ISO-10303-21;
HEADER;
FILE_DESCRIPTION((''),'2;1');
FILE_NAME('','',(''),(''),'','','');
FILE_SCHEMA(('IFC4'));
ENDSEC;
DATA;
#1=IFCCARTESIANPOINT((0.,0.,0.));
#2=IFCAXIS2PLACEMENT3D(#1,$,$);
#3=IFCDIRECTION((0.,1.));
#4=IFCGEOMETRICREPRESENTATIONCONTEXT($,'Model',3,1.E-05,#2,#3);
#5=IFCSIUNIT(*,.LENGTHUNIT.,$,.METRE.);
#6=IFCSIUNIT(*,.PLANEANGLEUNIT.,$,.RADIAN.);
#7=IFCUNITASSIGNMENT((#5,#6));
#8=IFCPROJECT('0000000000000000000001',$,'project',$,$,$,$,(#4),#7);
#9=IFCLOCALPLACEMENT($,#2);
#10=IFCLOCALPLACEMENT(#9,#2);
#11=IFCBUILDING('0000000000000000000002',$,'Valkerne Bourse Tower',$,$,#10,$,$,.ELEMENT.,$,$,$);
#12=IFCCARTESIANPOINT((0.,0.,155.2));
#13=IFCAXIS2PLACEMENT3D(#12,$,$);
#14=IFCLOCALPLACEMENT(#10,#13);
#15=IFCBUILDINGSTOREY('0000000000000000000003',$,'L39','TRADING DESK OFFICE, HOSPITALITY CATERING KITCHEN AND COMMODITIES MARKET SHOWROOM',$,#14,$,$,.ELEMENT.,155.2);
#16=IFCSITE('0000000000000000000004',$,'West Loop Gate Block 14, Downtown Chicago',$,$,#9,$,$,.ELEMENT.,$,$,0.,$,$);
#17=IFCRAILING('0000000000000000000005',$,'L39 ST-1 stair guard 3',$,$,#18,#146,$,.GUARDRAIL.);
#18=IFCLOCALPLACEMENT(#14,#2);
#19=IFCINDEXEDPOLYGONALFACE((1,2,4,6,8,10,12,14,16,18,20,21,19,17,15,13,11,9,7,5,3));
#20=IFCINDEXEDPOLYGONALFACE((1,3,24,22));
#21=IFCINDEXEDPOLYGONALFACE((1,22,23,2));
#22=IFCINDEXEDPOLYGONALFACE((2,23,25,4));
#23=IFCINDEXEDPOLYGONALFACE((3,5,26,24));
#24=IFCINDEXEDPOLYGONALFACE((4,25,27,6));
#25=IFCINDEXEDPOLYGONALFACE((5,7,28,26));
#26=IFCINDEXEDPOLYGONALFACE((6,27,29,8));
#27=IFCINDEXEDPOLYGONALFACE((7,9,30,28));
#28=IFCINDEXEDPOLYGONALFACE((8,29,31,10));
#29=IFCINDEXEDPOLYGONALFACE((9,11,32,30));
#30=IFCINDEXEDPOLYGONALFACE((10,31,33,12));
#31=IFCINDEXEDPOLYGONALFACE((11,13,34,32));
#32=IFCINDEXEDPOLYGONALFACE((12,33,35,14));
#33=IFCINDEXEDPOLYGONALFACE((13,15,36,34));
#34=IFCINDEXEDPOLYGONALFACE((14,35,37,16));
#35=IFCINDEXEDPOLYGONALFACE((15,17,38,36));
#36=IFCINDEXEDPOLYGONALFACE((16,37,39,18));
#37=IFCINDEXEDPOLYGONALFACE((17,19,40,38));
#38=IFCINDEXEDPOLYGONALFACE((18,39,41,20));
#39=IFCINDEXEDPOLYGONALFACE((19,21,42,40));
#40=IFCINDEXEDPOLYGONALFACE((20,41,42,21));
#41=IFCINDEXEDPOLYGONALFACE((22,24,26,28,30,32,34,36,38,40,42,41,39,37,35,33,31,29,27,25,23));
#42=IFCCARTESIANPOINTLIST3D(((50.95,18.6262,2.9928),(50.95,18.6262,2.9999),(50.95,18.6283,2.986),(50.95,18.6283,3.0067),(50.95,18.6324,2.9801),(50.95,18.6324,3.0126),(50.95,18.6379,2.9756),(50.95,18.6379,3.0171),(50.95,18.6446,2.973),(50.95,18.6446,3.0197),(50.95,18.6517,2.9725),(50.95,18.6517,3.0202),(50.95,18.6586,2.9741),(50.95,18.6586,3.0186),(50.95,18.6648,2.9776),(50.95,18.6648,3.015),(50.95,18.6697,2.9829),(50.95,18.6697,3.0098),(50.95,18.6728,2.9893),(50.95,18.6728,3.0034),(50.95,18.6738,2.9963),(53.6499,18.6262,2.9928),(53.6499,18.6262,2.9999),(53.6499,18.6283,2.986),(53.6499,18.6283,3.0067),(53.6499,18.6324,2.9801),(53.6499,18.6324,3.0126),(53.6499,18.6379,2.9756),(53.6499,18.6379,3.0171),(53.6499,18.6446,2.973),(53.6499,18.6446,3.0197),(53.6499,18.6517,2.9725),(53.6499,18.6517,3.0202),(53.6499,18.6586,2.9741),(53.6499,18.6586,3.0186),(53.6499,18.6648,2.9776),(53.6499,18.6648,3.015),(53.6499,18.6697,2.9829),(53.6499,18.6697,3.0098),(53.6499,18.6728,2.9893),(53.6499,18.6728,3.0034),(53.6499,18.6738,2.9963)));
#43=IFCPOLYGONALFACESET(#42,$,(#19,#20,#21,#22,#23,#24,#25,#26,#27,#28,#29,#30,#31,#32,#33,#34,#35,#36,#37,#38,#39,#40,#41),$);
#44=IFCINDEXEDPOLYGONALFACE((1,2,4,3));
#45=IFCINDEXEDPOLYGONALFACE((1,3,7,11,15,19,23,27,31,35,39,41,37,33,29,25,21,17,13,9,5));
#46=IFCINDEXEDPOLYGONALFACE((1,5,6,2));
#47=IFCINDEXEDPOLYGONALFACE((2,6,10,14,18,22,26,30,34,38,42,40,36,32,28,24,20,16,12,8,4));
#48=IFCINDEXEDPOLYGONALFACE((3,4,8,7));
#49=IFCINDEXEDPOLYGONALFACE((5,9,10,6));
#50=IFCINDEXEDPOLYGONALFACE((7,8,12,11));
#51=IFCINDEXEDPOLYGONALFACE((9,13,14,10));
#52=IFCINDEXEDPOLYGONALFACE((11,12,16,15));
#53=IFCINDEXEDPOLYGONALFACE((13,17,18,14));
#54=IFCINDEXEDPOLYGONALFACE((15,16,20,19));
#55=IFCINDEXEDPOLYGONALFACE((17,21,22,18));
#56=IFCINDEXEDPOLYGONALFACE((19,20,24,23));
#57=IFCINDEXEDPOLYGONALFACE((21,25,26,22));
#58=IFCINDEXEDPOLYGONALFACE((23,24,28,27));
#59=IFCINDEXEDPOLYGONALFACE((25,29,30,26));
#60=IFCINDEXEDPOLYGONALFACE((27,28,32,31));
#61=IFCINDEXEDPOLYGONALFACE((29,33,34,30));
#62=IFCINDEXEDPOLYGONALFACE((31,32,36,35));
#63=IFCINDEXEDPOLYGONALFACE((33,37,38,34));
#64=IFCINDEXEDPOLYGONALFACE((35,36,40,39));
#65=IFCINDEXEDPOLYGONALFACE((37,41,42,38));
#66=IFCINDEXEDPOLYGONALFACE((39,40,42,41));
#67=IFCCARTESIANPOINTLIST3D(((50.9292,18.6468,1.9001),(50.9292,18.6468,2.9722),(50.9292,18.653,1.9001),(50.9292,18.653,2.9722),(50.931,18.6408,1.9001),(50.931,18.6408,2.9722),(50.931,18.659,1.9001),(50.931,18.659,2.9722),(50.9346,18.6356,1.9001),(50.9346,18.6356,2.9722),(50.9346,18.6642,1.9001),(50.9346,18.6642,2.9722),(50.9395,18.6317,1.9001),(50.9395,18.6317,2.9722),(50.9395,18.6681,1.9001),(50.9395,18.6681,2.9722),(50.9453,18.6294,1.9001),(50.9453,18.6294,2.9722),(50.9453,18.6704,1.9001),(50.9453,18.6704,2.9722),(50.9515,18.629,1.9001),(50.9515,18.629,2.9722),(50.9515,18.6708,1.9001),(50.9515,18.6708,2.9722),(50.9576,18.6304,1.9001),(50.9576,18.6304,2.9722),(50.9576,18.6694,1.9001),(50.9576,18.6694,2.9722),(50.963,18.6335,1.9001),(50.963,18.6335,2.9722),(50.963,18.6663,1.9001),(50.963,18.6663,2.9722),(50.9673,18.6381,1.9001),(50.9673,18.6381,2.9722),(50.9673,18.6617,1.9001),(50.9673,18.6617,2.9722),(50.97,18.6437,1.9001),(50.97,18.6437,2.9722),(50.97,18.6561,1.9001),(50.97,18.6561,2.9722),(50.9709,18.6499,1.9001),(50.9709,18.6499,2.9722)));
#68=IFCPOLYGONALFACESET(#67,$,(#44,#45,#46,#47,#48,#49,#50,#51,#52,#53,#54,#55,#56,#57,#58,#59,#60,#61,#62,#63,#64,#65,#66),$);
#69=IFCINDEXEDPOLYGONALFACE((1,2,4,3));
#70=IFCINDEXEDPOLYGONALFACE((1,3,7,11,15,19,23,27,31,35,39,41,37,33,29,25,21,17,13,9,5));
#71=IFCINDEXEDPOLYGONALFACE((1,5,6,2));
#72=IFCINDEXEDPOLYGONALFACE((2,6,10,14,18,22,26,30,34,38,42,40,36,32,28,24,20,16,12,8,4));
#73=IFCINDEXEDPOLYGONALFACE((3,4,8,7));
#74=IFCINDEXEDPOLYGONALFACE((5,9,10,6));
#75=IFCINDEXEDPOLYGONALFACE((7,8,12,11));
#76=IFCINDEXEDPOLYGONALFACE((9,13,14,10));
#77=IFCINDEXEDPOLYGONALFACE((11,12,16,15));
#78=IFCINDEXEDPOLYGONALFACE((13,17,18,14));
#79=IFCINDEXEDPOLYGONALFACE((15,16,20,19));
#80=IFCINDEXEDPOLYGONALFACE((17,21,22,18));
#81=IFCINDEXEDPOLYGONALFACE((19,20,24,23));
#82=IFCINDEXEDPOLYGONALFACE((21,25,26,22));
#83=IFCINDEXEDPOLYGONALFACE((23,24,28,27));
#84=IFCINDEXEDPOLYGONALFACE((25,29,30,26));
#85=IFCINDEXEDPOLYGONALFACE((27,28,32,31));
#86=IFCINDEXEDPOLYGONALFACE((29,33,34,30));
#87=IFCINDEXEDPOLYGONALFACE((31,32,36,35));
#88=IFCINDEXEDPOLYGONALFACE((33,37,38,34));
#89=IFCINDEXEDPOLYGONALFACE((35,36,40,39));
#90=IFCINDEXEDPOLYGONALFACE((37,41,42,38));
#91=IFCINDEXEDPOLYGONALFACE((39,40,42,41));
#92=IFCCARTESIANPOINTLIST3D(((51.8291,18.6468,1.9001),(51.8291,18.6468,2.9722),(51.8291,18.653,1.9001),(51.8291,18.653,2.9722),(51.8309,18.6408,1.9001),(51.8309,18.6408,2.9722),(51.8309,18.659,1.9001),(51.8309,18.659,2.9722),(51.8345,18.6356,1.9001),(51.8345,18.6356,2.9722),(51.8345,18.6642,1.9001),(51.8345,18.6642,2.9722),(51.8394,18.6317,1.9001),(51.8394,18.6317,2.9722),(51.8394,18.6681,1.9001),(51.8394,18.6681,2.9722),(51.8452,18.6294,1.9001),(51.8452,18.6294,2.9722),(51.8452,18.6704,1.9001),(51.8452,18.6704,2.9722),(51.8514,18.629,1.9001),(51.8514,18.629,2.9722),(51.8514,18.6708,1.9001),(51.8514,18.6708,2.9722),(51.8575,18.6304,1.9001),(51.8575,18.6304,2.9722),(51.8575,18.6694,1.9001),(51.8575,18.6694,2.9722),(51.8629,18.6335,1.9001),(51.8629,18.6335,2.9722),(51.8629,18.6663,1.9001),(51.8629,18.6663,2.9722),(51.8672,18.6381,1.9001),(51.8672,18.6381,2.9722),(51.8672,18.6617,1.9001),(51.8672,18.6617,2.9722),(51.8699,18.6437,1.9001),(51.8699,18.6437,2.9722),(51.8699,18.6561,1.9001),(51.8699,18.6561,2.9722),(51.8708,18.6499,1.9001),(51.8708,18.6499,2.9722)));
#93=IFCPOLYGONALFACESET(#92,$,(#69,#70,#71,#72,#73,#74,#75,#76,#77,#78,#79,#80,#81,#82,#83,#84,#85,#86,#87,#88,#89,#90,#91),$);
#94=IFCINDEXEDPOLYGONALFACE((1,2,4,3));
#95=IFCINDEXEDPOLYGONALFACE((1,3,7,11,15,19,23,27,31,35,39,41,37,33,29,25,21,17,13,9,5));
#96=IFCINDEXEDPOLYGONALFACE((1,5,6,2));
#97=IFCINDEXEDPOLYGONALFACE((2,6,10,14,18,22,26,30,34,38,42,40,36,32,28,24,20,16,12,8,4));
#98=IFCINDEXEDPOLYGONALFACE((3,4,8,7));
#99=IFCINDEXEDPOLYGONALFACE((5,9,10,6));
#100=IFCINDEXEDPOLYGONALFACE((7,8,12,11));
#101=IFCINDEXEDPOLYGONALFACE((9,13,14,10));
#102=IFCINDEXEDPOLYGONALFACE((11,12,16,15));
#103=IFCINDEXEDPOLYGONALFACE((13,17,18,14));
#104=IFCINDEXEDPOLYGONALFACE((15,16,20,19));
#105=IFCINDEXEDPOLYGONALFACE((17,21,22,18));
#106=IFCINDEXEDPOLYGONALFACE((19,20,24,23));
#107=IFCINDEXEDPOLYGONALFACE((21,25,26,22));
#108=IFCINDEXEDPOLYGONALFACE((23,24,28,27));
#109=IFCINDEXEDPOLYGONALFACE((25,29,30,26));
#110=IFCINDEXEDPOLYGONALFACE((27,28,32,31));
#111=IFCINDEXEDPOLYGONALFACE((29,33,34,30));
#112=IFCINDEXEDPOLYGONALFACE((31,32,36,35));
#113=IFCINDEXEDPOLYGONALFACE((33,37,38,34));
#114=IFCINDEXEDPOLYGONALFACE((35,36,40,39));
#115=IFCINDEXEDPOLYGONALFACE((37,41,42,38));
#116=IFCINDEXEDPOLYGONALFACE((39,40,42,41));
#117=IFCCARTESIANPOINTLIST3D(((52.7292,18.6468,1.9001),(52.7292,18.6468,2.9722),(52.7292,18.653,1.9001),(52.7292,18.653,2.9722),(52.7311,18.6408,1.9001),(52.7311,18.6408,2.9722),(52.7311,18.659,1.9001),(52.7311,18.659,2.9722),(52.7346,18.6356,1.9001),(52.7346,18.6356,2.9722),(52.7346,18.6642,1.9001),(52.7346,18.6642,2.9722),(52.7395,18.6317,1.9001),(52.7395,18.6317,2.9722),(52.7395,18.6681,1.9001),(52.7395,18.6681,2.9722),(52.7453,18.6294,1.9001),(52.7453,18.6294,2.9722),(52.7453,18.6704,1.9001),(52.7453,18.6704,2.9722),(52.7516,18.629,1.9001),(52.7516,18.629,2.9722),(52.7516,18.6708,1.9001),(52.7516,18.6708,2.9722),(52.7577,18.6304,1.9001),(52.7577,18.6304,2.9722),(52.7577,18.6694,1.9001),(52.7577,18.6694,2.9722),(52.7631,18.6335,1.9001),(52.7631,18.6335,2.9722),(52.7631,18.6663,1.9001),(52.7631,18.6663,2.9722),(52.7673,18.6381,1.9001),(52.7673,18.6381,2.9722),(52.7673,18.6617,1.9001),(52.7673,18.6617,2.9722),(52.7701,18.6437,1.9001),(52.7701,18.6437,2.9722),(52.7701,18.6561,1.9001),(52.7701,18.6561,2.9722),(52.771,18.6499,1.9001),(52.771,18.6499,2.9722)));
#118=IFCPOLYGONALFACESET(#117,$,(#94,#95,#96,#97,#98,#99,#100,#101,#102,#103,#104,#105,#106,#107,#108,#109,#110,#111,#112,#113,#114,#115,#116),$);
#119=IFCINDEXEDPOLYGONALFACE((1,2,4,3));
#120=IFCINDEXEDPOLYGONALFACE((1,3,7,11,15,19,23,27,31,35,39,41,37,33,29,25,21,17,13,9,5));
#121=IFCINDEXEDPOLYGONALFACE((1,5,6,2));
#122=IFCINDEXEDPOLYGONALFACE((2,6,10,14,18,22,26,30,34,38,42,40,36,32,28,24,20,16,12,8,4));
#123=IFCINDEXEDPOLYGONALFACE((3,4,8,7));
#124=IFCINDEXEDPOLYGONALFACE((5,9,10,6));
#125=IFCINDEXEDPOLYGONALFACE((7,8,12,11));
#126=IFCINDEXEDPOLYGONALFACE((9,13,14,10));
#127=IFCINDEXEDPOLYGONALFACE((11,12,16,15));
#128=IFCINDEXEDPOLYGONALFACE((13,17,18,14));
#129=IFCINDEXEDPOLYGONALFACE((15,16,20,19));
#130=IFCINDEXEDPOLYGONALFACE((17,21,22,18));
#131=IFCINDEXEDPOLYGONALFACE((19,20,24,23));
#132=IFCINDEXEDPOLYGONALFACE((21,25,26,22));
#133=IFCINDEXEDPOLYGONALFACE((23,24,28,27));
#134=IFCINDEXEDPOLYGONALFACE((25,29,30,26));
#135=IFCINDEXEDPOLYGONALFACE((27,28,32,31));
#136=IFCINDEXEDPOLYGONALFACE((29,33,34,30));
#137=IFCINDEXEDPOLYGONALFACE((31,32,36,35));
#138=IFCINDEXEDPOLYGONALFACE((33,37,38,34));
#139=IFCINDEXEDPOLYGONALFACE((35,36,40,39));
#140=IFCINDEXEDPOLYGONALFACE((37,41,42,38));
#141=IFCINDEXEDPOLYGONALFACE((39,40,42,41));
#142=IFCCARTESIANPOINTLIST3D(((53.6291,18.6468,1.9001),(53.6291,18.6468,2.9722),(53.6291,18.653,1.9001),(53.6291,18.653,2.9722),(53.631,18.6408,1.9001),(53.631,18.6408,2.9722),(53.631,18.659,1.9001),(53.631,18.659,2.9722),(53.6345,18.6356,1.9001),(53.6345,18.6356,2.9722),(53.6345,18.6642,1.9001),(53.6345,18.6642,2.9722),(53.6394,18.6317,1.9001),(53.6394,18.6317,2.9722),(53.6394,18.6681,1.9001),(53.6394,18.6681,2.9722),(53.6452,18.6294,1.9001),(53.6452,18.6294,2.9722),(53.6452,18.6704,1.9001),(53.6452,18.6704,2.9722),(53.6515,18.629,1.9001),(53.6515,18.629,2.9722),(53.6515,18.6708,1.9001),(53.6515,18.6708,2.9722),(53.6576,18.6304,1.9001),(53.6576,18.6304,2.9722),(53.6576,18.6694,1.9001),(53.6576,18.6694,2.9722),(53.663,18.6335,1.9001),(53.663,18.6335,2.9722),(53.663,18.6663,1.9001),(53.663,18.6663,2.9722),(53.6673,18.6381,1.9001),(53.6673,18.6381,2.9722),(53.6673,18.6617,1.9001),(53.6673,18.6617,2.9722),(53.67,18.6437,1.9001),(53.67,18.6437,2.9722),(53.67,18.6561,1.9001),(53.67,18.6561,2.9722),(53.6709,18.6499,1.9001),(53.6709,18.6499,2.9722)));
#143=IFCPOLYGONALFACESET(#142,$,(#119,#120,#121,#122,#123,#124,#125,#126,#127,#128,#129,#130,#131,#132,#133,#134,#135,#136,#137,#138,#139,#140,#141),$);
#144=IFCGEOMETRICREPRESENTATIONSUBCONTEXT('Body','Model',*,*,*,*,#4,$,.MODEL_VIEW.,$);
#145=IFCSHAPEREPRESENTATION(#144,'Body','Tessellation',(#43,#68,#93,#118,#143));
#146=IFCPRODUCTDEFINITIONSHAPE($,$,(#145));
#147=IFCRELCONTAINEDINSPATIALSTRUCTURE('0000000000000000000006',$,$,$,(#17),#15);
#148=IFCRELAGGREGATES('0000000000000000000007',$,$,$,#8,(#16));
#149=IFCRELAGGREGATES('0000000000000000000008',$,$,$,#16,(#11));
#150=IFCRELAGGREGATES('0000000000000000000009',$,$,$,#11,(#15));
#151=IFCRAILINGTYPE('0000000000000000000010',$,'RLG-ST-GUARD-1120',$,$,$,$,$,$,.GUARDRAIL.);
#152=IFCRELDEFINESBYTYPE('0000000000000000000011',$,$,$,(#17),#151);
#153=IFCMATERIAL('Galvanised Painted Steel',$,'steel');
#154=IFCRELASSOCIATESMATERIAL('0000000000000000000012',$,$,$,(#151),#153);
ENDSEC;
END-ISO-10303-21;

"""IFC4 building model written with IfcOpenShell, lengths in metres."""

from ifc_helpers import new_model, si_unit, direction, frame, origin, origin_2d, place, context, subcontext, project, spatial, circle, extrude, material, type_object, element, save


model = new_model("IFC4")

# Units and contexts
model_context = context("Model", 3, precision=1e-05, world=origin(), true_north=direction((0.0, 1.0)))
body_context = subcontext(model_context, "Body", "Model", "MODEL_VIEW")
ifc_project = project(units=[si_unit("LENGTHUNIT", "METRE"), si_unit("PLANEANGLEUNIT", "RADIAN")], contexts=[model_context])

# Site, building, storey
site_placement = place(None, origin())
site = spatial("IfcSite", under=ifc_project, at=site_placement, Name="West Loop Gate Block 14, Downtown Chicago", CompositionType="ELEMENT", RefElevation=0.0)
building_placement = place(site_placement, origin())
building = spatial("IfcBuilding", under=site, at=building_placement, Name="Valkerne Bourse Tower", CompositionType="ELEMENT")
storey_placement = place(building_placement, frame((0.0, 0.0, 155.2)))
storey = spatial("IfcBuildingStorey", under=building, at=storey_placement, Name="L39", Description="TRADING DESK OFFICE, HOSPITALITY CATERING KITCHEN AND COMMODITIES MARKET SHOWROOM", CompositionType="ELEMENT", Elevation=155.2)

# Shared definitions
ifc_material_1 = material(Name="Galvanised Painted Steel", Category="steel")

# Railing
railing_type_1 = type_object("IfcRailingType", Name="RLG-ST-GUARD-1120", PredefinedType="GUARDRAIL", material=ifc_material_1)
for number, where, name in (
    (1, (50.95, 18.6499, 1.9001), "L39 ST-1 stair guard 3"),
):
    element("IfcRailing", number, at=place(storey_placement, frame(where)), inside=storey, type_object=railing_type_1, Name=name, PredefinedType="GUARDRAIL", context=body_context, shape_type="SweptSolid", body=[
        extrude(circle(Radius=0.0239, at=origin_2d()), frame((0.0, 0.0, 1.0962), z_axis=(1.0, 0.0, 0.0), x_axis=(0.0, 1.0, 0.0)), (0.0, 0.0, 1.0), 2.7),
        extrude(circle(Radius=0.021, at=origin_2d()), origin(), (0.0, 0.0, 1.0), 1.072),
        extrude(circle(Radius=0.021, at=origin_2d()), frame((0.8999, 0.0, 0.0)), (0.0, 0.0, 1.0), 1.072),
        extrude(circle(Radius=0.021, at=origin_2d()), frame((1.8, 0.0, 0.0)), (0.0, 0.0, 1.0), 1.072),
        extrude(circle(Radius=0.021, at=origin_2d()), frame((2.7, 0.0, 0.0)), (0.0, 0.0, 1.0), 1.072),
    ])

save(model, "model.ifc")
